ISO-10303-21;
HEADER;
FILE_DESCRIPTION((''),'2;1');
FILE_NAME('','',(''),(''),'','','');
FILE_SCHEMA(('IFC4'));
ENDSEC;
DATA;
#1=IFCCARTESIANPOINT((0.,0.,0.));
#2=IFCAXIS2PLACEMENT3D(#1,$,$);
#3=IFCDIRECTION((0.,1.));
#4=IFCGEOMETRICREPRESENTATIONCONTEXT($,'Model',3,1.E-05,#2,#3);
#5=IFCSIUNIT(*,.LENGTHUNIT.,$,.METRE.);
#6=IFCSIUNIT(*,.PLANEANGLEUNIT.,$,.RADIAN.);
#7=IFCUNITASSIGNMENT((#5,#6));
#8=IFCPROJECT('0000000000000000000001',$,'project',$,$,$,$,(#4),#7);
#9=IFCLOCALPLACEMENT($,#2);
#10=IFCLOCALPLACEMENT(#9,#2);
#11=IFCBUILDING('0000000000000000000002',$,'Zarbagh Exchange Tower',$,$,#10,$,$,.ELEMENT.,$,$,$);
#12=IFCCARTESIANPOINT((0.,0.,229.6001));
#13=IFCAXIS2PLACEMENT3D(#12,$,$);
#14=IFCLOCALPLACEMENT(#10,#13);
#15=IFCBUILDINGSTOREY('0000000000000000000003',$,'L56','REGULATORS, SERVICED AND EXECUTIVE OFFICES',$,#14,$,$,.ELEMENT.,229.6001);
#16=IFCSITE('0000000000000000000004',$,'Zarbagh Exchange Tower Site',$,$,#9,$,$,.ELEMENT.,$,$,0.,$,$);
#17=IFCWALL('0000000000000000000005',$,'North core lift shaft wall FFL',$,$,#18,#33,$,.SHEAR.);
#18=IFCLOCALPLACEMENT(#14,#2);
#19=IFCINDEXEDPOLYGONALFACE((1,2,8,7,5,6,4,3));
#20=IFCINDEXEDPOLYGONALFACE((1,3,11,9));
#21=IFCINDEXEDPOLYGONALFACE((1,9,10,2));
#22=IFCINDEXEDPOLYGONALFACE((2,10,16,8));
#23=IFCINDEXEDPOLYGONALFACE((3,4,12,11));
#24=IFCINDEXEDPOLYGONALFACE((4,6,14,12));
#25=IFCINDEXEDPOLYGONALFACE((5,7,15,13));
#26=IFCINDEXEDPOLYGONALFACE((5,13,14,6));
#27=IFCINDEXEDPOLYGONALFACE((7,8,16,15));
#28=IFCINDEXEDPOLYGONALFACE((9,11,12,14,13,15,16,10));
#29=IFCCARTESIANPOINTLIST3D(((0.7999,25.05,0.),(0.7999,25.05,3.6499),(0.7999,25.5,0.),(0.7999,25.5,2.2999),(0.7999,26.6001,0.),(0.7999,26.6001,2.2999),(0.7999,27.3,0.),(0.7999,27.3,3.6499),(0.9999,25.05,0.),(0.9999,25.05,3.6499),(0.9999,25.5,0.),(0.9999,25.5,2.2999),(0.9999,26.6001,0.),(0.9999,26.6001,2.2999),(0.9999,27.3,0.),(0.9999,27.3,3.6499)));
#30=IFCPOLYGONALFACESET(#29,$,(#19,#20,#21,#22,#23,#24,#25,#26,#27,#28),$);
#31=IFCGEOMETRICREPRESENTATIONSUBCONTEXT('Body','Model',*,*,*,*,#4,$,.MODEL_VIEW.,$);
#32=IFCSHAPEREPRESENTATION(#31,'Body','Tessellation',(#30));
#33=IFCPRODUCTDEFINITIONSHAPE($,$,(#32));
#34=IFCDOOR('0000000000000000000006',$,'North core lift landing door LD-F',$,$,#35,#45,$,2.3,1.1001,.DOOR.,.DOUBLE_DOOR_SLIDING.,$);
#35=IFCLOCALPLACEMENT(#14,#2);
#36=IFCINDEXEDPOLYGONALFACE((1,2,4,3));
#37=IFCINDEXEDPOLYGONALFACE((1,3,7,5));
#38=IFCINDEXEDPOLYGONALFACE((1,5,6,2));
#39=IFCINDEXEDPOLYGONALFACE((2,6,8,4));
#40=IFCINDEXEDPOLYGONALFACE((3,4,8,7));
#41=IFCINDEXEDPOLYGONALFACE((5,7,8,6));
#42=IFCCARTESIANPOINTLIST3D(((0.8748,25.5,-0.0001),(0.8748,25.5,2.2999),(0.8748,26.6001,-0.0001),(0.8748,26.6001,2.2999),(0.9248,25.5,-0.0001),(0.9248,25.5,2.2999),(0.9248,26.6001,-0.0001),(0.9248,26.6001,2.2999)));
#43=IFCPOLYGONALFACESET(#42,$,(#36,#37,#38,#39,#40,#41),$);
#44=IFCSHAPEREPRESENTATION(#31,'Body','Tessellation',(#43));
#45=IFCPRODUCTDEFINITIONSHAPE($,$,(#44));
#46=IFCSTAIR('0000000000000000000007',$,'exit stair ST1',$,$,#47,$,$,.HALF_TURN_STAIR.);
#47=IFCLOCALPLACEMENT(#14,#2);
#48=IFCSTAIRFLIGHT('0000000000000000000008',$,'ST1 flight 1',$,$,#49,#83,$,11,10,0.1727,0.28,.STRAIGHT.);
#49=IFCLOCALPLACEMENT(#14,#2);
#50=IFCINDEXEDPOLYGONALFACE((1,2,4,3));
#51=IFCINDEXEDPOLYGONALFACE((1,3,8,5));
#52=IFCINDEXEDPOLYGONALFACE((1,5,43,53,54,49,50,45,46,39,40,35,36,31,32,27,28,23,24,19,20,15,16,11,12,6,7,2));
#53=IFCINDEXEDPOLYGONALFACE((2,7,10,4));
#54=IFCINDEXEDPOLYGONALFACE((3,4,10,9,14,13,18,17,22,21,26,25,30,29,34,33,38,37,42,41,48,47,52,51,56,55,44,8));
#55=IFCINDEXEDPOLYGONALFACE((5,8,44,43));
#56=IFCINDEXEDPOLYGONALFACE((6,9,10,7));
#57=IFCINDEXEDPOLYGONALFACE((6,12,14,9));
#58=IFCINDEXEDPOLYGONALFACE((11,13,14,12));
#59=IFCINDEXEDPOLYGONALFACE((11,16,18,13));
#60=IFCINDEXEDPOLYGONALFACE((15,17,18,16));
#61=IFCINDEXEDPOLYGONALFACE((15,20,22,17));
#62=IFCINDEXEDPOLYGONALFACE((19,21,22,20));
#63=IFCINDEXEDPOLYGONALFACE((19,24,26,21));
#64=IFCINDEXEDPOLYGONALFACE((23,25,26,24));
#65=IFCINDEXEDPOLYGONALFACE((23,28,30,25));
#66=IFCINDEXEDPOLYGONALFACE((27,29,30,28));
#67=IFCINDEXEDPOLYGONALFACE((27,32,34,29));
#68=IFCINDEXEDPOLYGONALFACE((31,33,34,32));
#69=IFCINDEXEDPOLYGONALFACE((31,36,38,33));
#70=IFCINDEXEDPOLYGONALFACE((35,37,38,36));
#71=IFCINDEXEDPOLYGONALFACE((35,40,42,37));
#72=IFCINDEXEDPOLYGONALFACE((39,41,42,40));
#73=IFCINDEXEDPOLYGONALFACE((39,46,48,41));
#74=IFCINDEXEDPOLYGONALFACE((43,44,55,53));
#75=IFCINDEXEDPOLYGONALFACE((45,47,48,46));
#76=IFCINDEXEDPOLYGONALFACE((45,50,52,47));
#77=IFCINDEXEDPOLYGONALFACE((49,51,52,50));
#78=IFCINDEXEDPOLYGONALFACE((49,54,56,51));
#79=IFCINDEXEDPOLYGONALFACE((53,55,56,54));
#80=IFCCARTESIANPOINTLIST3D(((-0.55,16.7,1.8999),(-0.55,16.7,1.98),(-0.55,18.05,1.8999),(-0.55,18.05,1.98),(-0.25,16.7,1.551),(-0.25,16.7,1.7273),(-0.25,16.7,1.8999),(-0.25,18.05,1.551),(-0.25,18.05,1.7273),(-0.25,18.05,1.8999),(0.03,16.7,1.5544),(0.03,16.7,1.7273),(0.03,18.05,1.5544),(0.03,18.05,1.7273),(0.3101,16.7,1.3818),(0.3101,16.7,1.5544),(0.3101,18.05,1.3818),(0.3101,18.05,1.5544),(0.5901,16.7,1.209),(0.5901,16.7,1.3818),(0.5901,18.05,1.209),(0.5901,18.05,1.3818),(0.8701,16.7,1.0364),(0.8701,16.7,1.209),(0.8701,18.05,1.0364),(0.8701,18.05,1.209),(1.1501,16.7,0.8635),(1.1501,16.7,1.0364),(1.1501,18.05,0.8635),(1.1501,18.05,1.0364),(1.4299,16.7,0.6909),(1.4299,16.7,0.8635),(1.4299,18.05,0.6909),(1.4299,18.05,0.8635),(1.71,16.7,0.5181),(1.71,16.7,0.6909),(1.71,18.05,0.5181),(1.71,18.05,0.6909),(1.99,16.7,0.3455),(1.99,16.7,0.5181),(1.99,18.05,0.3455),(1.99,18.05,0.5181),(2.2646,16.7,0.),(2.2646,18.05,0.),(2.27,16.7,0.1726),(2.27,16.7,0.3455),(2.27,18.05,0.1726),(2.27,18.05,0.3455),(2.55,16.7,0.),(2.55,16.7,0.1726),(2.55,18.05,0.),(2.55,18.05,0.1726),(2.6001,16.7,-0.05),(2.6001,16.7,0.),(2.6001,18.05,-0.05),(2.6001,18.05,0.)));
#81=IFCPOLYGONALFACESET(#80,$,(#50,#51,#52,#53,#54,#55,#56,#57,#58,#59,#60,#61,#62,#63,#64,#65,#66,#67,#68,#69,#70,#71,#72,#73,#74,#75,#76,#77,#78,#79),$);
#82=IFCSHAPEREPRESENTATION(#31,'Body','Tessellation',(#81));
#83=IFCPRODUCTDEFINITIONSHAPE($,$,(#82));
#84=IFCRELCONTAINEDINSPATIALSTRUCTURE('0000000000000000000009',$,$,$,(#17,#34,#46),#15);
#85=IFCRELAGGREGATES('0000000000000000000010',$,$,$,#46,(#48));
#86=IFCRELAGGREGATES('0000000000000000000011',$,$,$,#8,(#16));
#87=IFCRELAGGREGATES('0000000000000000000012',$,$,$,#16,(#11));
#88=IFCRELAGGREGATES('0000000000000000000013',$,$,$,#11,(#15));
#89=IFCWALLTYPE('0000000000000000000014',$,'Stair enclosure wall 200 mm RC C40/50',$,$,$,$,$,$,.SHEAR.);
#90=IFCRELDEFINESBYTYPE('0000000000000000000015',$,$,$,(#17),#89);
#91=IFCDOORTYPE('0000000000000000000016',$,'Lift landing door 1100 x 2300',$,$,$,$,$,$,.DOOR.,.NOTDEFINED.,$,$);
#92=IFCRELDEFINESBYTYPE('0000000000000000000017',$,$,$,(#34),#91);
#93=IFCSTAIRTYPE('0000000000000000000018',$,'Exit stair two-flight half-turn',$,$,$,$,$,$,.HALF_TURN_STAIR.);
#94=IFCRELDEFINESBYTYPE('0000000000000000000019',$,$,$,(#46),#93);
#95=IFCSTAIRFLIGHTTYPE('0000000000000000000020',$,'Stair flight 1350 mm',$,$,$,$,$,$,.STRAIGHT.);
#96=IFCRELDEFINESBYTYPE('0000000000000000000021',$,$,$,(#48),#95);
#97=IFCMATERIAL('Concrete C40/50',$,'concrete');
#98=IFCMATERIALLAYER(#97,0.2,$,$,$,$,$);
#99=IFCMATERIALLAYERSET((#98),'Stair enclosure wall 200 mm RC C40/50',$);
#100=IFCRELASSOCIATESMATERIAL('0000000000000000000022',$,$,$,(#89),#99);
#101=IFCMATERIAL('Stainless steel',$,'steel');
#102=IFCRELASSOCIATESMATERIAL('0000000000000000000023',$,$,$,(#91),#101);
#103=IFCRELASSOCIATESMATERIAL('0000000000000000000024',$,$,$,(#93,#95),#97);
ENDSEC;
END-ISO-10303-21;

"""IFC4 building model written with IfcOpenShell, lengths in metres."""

from ifc_helpers import new_model, si_unit, direction, frame, frame_2d, origin, place, context, subcontext, project, spatial, polyline, rectangle, outline, extrude, material, layer, layer_set, type_object, element, fill, aggregate, save


model = new_model("IFC4")

# Units and contexts
model_context = context("Model", 3, precision=1e-05, world=origin(), true_north=direction((0.0, 1.0)))
body_context = subcontext(model_context, "Body", "Model", "MODEL_VIEW")
ifc_project = project(units=[si_unit("LENGTHUNIT", "METRE"), si_unit("PLANEANGLEUNIT", "RADIAN")], contexts=[model_context])

# Site, building, storey
site_placement = place(None, origin())
site = spatial("IfcSite", under=ifc_project, at=site_placement, Name="Zarbagh Exchange Tower Site", CompositionType="ELEMENT", RefElevation=0.0)
building_placement = place(site_placement, origin())
building = spatial("IfcBuilding", under=site, at=building_placement, Name="Zarbagh Exchange Tower", CompositionType="ELEMENT")
storey_placement = place(building_placement, frame((0.0, 0.0, 229.6001)))
storey = spatial("IfcBuildingStorey", under=building, at=storey_placement, Name="L56", Description="REGULATORS, SERVICED AND EXECUTIVE OFFICES", CompositionType="ELEMENT", Elevation=229.6001)

# Wall, opening, door
ifc_material_1 = material(Name="Concrete C40/50", Category="concrete")
ifc_layer_1 = layer(ifc_material_1, 0.2)
ifc_layer_set_1 = layer_set([ifc_layer_1], Name="Stair enclosure wall 200 mm RC C40/50")
wall_type_1 = type_object("IfcWallType", Name="Stair enclosure wall 200 mm RC C40/50", PredefinedType="SHEAR", material=ifc_layer_set_1)
wall_1_placement = place(storey_placement, frame((0.8999, 27.3, 0.0), z_axis=(0.0, 0.0, 1.0), x_axis=(0.0, -1.0, 0.0)))
wall_1 = element("IfcWall", 1, at=wall_1_placement, inside=storey, type_object=wall_type_1, Name="North core lift shaft wall FFL", PredefinedType="SHEAR", context=body_context, shape_type="SweptSolid", body=[
    extrude(rectangle(XDim=2.25, YDim=0.2, at=frame_2d((1.125, 0.0))), origin(), (0.0, 0.0, 1.0), 3.6499),
])
opening_1_placement = place(wall_1_placement, frame((0.7, 0.0, 0.0)))
opening_1 = element("IfcOpeningElement", 2, at=opening_1_placement, cuts=wall_1, PredefinedType="OPENING", context=body_context, shape_type="SweptSolid", body=[
    extrude(rectangle(XDim=1.1001, YDim=2.3, at=frame_2d((0.55, 1.1499))), frame((0.0, 0.1099, 0.0), z_axis=(0.0, -1.0, 0.0), x_axis=(1.0, 0.0, 0.0)), (0.0, 0.0, 1.0), 0.22),
])
ifc_material_2 = material(Name="Stainless steel", Category="steel")
door_type_1 = type_object("IfcDoorType", Name="Lift landing door 1100 x 2300", OperationType="NOTDEFINED", PredefinedType="DOOR", material=ifc_material_2)
door_1_placement = place(opening_1_placement, origin())
door_1 = element("IfcDoor", 3, at=door_1_placement, inside=storey, type_object=door_type_1, Name="North core lift landing door LD-F", OperationType="DOUBLE_DOOR_SLIDING", OverallHeight=2.3, OverallWidth=1.1001, PredefinedType="DOOR", context=body_context, shape_type="SweptSolid", body=[
    extrude(rectangle(XDim=1.1001, YDim=2.3, at=frame_2d((0.55, 1.1499))), frame((0.0, 0.0249, 0.0), z_axis=(0.0, -1.0, 0.0), x_axis=(1.0, 0.0, 0.0)), (0.0, 0.0, 1.0), 0.05),
])
fill(opening_1, door_1)

# Stair, stair flight
stair_type = type_object("IfcStairType", Name="Exit stair two-flight half-turn", PredefinedType="HALF_TURN_STAIR", material=ifc_material_1)
stair_placement = place(storey_placement, origin())
stair = element("IfcStair", 4, at=stair_placement, inside=storey, type_object=stair_type, Name="exit stair ST1", PredefinedType="HALF_TURN_STAIR")
stair_flight_type = type_object("IfcStairFlightType", Name="Stair flight 1350 mm", PredefinedType="STRAIGHT", material=ifc_material_1)
stair_flight_placement = place(storey_placement, frame((2.55, 17.375, 0.0), z_axis=(0.0, 0.0, 1.0), x_axis=(-1.0, 0.0, 0.0)))
stair_flight = element("IfcStairFlight", 5, at=stair_flight_placement, type_object=stair_flight_type, Name="ST1 flight 1", NumberOfRisers=11, NumberOfTreads=10, PredefinedType="STRAIGHT", RiserHeight=0.1727, TreadLength=0.28, context=body_context, shape_type="SweptSolid", body=[
    extrude(outline(polyline([(-0.05, -0.05), (-0.05, 0.0), (0.0, 0.0), (0.0, 0.1726), (0.28, 0.1726), (0.28, 0.3455), (0.5601, 0.3455), (0.5601, 0.5181), (0.8401, 0.5181), (0.8401, 0.6909), (1.1201, 0.6909), (1.1201, 0.8635), (1.3999, 0.8635), (1.3999, 1.0364), (1.6799, 1.0364), (1.6799, 1.209), (1.96, 1.209), (1.96, 1.3818), (2.24, 1.3818), (2.24, 1.5544), (2.52, 1.5544), (2.52, 1.7273), (2.8, 1.7273), (2.8, 1.8999), (3.1001, 1.98), (3.1001, 1.8999), (2.8, 1.551), (0.2854, 0.0), (-0.05, -0.05)])), frame((0.0, 0.675, 0.0), z_axis=(0.0, -1.0, 0.0), x_axis=(1.0, 0.0, 0.0)), (0.0, 0.0, 1.0), 1.3501),
])
aggregate(stair, [stair_flight])

save(model, "model.ifc")
